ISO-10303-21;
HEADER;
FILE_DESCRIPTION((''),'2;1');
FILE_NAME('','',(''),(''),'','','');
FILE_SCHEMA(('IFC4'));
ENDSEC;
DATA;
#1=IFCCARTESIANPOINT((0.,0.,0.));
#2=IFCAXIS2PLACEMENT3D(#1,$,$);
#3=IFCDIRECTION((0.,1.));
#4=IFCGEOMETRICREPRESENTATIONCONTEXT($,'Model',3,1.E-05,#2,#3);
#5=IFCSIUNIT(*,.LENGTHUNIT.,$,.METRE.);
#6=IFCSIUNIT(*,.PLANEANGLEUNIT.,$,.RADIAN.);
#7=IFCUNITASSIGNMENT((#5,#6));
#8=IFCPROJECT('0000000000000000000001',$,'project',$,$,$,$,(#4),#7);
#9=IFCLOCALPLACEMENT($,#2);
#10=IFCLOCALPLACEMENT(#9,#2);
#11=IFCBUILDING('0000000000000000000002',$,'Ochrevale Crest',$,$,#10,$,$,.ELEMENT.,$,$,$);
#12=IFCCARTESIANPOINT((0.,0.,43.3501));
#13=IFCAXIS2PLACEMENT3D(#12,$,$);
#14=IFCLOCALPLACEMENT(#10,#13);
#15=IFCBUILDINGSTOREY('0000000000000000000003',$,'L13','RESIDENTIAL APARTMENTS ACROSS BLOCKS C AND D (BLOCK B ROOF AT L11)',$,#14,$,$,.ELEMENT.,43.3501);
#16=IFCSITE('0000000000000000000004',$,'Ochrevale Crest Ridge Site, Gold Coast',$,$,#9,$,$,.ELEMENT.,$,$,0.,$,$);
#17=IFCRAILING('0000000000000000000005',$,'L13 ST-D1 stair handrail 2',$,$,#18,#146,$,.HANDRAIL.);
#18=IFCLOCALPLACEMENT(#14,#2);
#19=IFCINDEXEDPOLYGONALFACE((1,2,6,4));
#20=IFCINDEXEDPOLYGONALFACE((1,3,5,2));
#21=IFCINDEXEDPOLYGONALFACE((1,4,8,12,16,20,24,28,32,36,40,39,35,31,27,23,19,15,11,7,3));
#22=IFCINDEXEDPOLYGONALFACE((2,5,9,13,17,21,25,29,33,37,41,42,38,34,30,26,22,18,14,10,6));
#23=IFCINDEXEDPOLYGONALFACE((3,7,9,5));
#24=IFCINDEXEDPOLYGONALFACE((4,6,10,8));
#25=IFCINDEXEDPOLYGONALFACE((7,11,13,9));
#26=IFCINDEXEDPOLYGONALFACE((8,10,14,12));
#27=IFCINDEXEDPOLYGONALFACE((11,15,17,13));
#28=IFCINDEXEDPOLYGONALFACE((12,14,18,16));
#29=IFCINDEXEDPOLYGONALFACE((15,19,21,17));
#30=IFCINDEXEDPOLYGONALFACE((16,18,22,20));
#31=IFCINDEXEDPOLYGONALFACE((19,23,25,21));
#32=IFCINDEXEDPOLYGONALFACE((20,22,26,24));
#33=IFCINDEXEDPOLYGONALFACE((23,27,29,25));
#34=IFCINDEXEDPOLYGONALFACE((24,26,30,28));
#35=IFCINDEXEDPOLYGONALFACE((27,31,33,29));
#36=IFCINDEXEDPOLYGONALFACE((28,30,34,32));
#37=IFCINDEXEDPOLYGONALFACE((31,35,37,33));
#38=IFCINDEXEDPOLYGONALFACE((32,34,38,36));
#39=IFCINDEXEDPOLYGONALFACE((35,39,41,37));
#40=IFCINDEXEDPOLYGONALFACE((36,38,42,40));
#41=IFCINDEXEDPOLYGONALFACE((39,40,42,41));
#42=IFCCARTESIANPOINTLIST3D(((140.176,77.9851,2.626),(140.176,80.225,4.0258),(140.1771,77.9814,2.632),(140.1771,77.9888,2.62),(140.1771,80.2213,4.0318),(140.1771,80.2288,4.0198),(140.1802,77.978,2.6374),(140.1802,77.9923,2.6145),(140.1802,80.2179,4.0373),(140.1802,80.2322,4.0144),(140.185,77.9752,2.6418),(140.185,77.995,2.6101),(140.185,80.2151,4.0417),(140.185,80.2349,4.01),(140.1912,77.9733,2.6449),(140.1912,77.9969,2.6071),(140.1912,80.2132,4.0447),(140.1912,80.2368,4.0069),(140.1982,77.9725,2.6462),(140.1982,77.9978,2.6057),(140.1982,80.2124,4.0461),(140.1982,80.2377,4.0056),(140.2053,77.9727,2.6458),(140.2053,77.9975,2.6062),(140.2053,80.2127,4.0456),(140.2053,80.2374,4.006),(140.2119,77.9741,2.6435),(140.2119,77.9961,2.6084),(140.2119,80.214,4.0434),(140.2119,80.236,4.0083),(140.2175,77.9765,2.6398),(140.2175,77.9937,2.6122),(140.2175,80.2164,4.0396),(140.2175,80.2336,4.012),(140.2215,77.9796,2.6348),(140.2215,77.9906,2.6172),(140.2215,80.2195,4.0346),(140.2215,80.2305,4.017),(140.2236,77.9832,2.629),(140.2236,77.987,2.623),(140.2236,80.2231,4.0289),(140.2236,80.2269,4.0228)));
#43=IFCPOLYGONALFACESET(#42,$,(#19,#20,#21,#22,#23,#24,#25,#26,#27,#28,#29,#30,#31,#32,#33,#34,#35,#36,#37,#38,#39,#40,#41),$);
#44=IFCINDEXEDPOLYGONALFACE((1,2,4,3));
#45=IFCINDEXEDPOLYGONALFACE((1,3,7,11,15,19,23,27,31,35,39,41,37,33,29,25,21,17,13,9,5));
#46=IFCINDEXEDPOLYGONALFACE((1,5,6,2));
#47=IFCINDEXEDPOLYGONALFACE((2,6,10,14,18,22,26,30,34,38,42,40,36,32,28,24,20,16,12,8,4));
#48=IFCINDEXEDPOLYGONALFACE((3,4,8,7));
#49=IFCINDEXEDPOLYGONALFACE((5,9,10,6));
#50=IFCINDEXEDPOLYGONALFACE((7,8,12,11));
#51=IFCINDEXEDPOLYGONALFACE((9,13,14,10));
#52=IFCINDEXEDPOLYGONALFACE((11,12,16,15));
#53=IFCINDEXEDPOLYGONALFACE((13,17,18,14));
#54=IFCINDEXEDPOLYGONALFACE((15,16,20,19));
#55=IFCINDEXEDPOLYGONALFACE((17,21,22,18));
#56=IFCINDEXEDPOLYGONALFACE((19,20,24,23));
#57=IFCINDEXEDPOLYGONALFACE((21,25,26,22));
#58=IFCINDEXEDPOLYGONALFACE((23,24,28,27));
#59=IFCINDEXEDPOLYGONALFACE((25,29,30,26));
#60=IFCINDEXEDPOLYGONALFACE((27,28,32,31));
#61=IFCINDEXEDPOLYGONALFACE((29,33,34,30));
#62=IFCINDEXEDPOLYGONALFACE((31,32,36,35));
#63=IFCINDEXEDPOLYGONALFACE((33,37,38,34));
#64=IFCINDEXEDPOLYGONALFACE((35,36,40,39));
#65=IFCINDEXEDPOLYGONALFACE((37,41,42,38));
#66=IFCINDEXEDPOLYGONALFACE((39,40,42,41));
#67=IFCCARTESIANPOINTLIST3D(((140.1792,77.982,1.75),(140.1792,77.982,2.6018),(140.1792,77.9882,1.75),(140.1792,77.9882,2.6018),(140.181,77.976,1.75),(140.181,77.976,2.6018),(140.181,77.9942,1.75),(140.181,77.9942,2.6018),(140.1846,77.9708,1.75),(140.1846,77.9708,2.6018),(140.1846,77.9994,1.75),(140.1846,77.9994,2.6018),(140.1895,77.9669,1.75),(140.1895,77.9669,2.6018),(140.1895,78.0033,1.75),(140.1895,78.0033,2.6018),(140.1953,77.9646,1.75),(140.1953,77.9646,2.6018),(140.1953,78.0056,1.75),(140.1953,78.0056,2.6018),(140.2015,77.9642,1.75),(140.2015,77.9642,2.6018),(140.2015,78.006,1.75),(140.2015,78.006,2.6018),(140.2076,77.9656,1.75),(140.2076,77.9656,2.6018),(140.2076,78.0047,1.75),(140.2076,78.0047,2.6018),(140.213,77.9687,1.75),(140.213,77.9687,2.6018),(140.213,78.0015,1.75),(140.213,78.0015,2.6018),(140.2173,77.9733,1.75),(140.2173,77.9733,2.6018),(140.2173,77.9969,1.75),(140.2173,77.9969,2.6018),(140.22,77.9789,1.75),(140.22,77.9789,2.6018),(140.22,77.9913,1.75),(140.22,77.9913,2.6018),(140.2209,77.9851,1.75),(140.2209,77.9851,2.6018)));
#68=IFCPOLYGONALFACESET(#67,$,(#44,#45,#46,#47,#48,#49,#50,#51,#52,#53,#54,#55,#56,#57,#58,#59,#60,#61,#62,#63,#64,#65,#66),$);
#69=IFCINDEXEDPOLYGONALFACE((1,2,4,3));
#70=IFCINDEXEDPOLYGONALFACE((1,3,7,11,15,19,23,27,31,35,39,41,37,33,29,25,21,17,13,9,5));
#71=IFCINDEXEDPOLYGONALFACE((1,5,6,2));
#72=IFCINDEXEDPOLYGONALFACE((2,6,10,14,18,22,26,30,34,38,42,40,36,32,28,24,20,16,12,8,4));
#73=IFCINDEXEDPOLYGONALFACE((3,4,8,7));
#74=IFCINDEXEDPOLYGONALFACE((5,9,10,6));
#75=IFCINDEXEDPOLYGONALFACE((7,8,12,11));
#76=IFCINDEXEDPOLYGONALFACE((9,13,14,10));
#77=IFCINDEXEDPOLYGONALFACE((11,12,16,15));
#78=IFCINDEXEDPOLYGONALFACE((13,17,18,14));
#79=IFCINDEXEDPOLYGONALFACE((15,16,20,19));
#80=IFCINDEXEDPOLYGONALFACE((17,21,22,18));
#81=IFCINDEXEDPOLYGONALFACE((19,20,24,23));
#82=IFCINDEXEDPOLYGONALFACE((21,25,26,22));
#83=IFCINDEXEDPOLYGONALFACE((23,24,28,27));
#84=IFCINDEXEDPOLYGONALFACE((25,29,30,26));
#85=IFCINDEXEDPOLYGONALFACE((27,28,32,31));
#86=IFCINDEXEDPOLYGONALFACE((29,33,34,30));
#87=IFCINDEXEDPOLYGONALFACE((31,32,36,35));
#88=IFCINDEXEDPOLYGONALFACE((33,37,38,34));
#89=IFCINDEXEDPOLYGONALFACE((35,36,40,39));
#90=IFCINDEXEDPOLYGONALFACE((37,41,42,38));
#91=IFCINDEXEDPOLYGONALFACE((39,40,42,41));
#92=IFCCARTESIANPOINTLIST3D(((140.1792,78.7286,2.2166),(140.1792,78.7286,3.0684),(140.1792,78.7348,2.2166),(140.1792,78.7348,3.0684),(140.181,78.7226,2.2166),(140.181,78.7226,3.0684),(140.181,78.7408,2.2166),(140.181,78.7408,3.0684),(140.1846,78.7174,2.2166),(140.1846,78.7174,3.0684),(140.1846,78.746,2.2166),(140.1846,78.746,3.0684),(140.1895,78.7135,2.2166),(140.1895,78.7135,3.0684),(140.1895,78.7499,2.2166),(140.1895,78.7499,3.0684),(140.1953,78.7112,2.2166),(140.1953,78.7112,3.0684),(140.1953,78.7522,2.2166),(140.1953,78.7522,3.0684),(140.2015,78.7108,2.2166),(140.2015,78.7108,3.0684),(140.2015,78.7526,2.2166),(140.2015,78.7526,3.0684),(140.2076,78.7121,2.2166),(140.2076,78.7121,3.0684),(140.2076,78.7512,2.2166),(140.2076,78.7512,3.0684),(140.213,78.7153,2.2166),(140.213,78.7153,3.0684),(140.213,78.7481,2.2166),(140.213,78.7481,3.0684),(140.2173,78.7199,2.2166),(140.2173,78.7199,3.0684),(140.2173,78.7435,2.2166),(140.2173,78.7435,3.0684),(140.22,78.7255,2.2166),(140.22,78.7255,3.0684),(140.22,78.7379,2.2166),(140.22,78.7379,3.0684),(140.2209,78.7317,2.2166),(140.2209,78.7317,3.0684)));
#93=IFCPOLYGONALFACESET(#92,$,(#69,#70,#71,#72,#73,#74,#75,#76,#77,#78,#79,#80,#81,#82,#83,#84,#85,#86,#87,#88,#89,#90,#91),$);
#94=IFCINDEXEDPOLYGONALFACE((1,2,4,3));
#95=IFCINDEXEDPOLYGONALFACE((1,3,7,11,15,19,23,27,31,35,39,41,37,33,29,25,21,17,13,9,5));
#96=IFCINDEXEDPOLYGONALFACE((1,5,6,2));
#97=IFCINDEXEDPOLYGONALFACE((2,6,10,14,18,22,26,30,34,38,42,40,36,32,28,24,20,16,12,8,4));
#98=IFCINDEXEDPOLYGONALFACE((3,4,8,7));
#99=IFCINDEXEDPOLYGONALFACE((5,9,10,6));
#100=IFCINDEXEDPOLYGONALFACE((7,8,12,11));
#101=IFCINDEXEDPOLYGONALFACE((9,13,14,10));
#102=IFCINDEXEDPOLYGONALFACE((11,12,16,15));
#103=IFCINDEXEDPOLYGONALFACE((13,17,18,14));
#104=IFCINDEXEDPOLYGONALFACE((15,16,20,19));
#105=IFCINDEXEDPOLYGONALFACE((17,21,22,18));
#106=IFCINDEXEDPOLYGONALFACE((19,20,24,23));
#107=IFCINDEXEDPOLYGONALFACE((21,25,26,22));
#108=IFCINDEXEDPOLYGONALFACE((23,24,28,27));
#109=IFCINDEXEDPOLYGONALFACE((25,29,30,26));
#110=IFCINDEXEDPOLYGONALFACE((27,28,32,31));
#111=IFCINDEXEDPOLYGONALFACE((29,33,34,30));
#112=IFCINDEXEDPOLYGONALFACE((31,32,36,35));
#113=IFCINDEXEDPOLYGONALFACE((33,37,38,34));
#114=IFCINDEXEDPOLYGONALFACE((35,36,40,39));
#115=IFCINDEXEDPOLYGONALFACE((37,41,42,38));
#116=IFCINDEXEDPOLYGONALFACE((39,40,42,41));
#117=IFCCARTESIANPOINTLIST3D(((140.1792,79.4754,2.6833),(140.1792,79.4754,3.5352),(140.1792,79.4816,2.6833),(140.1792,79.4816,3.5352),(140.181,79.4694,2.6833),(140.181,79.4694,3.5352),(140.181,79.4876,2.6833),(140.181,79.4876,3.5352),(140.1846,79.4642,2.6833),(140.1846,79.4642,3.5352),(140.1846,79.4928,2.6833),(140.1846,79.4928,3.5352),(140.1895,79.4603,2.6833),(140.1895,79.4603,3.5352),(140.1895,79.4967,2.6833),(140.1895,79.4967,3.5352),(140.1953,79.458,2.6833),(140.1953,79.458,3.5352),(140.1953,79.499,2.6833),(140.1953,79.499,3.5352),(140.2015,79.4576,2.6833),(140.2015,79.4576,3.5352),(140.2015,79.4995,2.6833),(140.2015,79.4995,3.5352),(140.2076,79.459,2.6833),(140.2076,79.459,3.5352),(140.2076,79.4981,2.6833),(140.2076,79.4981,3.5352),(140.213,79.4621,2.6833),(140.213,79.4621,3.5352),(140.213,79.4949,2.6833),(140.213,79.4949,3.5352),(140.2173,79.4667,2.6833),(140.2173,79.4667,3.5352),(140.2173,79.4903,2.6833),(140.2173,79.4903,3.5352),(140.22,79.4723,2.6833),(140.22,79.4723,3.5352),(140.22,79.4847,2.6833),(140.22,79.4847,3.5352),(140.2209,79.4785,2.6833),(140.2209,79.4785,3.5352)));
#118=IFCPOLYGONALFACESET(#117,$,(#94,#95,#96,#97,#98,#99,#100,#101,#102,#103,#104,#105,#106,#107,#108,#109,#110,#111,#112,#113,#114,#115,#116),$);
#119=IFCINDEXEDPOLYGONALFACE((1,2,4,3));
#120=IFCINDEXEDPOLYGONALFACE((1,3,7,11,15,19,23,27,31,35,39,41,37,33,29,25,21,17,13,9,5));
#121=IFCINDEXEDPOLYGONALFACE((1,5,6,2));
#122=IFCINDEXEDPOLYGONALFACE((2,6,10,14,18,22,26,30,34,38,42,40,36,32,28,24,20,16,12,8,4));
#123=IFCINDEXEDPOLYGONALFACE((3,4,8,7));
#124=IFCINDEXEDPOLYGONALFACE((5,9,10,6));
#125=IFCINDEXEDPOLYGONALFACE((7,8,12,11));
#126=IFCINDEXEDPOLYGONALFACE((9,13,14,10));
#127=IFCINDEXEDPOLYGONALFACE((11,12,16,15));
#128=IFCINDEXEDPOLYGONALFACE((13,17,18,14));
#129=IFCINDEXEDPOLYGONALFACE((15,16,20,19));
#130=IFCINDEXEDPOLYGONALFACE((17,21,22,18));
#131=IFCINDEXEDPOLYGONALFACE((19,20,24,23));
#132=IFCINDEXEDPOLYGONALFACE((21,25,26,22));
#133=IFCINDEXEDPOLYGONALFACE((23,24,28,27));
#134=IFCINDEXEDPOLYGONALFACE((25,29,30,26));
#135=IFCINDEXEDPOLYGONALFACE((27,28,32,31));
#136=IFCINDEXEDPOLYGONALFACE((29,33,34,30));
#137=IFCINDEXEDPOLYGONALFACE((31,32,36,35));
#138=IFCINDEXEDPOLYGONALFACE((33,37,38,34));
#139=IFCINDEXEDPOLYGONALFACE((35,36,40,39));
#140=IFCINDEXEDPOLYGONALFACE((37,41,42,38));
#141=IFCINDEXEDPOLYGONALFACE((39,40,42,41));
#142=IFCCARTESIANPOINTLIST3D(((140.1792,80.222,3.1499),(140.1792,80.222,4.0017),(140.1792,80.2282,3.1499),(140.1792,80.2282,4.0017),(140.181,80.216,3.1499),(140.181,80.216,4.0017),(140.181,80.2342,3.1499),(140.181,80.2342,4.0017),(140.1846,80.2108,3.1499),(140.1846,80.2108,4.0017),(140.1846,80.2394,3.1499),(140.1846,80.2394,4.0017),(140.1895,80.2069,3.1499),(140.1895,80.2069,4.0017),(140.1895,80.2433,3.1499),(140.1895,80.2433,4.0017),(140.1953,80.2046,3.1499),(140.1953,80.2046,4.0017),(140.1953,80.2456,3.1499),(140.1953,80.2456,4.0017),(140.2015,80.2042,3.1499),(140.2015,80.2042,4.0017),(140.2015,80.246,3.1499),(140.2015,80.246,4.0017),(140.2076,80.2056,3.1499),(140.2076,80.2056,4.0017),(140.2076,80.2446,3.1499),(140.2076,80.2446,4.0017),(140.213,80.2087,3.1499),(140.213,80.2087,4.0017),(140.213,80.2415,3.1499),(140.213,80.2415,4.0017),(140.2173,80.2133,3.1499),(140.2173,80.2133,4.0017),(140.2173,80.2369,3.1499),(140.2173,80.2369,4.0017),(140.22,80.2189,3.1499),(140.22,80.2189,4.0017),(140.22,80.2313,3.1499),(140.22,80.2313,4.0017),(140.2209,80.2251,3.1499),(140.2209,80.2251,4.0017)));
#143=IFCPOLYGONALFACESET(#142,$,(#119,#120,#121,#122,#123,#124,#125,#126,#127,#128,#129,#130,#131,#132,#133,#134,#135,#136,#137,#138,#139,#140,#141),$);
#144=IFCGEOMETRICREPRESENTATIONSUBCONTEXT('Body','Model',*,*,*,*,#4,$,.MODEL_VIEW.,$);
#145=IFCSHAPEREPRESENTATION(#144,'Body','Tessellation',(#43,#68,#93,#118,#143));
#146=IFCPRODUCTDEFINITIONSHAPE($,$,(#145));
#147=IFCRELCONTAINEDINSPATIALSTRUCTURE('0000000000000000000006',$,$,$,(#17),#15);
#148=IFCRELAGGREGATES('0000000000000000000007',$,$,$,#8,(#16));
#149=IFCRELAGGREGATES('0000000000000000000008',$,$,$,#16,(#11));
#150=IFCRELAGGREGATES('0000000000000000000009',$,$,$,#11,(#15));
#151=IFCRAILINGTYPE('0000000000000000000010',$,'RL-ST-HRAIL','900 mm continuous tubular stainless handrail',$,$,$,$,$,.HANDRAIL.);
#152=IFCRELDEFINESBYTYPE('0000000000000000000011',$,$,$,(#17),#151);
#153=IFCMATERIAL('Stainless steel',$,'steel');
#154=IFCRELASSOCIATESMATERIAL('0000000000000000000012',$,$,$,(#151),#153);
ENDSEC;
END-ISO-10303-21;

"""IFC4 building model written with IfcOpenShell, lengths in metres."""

from ifc_helpers import new_model, si_unit, direction, frame, origin, origin_2d, place, context, subcontext, project, spatial, circle, extrude, material, type_object, element, save


model = new_model("IFC4")

# Units and contexts
model_context = context("Model", 3, precision=1e-05, world=origin(), true_north=direction((0.0, 1.0)))
body_context = subcontext(model_context, "Body", "Model", "MODEL_VIEW")
ifc_project = project(units=[si_unit("LENGTHUNIT", "METRE"), si_unit("PLANEANGLEUNIT", "RADIAN")], contexts=[model_context])

# Site, building, storey
site_placement = place(None, origin())
site = spatial("IfcSite", under=ifc_project, at=site_placement, Name="Ochrevale Crest Ridge Site, Gold Coast", CompositionType="ELEMENT", RefElevation=0.0)
building_placement = place(site_placement, origin())
building = spatial("IfcBuilding", under=site, at=building_placement, Name="Ochrevale Crest", CompositionType="ELEMENT")
storey_placement = place(building_placement, frame((0.0, 0.0, 43.3501)))
storey = spatial("IfcBuildingStorey", under=building, at=storey_placement, Name="L13", Description="RESIDENTIAL APARTMENTS ACROSS BLOCKS C AND D (BLOCK B ROOF AT L11)", CompositionType="ELEMENT", Elevation=43.3501)

# Railing
ifc_material_1 = material(Name="Stainless steel", Category="steel")
railing_type_1 = type_object("IfcRailingType", Name="RL-ST-HRAIL", Description="900 mm continuous tubular stainless handrail", PredefinedType="HANDRAIL", material=ifc_material_1)
railing_1_placement = place(storey_placement, frame((140.2, 77.9851, 1.75)))
element("IfcRailing", 1, at=railing_1_placement, inside=storey, type_object=railing_type_1, Name="L13 ST-D1 stair handrail 2", PredefinedType="HANDRAIL", context=body_context, shape_type="SweptSolid", body=[
    extrude(circle(Radius=0.0239, at=origin_2d()), frame((0.0, 0.0, 0.876), z_axis=(0.0, 0.848014, 0.529974), x_axis=(-1.0, 0.0, 0.0)), (0.0, 0.0, 1.0), 2.6414),
    extrude(circle(Radius=0.021, at=origin_2d()), origin(), (0.0, 0.0, 1.0), 0.8518),
    extrude(circle(Radius=0.021, at=origin_2d()), frame((0.0, 0.7466, 0.4666)), (0.0, 0.0, 1.0), 0.8518),
    extrude(circle(Radius=0.021, at=origin_2d()), frame((0.0, 1.4934, 0.9333)), (0.0, 0.0, 1.0), 0.8518),
    extrude(circle(Radius=0.021, at=origin_2d()), frame((0.0, 2.24, 1.3999)), (0.0, 0.0, 1.0), 0.8518),
])

save(model, "model.ifc")
